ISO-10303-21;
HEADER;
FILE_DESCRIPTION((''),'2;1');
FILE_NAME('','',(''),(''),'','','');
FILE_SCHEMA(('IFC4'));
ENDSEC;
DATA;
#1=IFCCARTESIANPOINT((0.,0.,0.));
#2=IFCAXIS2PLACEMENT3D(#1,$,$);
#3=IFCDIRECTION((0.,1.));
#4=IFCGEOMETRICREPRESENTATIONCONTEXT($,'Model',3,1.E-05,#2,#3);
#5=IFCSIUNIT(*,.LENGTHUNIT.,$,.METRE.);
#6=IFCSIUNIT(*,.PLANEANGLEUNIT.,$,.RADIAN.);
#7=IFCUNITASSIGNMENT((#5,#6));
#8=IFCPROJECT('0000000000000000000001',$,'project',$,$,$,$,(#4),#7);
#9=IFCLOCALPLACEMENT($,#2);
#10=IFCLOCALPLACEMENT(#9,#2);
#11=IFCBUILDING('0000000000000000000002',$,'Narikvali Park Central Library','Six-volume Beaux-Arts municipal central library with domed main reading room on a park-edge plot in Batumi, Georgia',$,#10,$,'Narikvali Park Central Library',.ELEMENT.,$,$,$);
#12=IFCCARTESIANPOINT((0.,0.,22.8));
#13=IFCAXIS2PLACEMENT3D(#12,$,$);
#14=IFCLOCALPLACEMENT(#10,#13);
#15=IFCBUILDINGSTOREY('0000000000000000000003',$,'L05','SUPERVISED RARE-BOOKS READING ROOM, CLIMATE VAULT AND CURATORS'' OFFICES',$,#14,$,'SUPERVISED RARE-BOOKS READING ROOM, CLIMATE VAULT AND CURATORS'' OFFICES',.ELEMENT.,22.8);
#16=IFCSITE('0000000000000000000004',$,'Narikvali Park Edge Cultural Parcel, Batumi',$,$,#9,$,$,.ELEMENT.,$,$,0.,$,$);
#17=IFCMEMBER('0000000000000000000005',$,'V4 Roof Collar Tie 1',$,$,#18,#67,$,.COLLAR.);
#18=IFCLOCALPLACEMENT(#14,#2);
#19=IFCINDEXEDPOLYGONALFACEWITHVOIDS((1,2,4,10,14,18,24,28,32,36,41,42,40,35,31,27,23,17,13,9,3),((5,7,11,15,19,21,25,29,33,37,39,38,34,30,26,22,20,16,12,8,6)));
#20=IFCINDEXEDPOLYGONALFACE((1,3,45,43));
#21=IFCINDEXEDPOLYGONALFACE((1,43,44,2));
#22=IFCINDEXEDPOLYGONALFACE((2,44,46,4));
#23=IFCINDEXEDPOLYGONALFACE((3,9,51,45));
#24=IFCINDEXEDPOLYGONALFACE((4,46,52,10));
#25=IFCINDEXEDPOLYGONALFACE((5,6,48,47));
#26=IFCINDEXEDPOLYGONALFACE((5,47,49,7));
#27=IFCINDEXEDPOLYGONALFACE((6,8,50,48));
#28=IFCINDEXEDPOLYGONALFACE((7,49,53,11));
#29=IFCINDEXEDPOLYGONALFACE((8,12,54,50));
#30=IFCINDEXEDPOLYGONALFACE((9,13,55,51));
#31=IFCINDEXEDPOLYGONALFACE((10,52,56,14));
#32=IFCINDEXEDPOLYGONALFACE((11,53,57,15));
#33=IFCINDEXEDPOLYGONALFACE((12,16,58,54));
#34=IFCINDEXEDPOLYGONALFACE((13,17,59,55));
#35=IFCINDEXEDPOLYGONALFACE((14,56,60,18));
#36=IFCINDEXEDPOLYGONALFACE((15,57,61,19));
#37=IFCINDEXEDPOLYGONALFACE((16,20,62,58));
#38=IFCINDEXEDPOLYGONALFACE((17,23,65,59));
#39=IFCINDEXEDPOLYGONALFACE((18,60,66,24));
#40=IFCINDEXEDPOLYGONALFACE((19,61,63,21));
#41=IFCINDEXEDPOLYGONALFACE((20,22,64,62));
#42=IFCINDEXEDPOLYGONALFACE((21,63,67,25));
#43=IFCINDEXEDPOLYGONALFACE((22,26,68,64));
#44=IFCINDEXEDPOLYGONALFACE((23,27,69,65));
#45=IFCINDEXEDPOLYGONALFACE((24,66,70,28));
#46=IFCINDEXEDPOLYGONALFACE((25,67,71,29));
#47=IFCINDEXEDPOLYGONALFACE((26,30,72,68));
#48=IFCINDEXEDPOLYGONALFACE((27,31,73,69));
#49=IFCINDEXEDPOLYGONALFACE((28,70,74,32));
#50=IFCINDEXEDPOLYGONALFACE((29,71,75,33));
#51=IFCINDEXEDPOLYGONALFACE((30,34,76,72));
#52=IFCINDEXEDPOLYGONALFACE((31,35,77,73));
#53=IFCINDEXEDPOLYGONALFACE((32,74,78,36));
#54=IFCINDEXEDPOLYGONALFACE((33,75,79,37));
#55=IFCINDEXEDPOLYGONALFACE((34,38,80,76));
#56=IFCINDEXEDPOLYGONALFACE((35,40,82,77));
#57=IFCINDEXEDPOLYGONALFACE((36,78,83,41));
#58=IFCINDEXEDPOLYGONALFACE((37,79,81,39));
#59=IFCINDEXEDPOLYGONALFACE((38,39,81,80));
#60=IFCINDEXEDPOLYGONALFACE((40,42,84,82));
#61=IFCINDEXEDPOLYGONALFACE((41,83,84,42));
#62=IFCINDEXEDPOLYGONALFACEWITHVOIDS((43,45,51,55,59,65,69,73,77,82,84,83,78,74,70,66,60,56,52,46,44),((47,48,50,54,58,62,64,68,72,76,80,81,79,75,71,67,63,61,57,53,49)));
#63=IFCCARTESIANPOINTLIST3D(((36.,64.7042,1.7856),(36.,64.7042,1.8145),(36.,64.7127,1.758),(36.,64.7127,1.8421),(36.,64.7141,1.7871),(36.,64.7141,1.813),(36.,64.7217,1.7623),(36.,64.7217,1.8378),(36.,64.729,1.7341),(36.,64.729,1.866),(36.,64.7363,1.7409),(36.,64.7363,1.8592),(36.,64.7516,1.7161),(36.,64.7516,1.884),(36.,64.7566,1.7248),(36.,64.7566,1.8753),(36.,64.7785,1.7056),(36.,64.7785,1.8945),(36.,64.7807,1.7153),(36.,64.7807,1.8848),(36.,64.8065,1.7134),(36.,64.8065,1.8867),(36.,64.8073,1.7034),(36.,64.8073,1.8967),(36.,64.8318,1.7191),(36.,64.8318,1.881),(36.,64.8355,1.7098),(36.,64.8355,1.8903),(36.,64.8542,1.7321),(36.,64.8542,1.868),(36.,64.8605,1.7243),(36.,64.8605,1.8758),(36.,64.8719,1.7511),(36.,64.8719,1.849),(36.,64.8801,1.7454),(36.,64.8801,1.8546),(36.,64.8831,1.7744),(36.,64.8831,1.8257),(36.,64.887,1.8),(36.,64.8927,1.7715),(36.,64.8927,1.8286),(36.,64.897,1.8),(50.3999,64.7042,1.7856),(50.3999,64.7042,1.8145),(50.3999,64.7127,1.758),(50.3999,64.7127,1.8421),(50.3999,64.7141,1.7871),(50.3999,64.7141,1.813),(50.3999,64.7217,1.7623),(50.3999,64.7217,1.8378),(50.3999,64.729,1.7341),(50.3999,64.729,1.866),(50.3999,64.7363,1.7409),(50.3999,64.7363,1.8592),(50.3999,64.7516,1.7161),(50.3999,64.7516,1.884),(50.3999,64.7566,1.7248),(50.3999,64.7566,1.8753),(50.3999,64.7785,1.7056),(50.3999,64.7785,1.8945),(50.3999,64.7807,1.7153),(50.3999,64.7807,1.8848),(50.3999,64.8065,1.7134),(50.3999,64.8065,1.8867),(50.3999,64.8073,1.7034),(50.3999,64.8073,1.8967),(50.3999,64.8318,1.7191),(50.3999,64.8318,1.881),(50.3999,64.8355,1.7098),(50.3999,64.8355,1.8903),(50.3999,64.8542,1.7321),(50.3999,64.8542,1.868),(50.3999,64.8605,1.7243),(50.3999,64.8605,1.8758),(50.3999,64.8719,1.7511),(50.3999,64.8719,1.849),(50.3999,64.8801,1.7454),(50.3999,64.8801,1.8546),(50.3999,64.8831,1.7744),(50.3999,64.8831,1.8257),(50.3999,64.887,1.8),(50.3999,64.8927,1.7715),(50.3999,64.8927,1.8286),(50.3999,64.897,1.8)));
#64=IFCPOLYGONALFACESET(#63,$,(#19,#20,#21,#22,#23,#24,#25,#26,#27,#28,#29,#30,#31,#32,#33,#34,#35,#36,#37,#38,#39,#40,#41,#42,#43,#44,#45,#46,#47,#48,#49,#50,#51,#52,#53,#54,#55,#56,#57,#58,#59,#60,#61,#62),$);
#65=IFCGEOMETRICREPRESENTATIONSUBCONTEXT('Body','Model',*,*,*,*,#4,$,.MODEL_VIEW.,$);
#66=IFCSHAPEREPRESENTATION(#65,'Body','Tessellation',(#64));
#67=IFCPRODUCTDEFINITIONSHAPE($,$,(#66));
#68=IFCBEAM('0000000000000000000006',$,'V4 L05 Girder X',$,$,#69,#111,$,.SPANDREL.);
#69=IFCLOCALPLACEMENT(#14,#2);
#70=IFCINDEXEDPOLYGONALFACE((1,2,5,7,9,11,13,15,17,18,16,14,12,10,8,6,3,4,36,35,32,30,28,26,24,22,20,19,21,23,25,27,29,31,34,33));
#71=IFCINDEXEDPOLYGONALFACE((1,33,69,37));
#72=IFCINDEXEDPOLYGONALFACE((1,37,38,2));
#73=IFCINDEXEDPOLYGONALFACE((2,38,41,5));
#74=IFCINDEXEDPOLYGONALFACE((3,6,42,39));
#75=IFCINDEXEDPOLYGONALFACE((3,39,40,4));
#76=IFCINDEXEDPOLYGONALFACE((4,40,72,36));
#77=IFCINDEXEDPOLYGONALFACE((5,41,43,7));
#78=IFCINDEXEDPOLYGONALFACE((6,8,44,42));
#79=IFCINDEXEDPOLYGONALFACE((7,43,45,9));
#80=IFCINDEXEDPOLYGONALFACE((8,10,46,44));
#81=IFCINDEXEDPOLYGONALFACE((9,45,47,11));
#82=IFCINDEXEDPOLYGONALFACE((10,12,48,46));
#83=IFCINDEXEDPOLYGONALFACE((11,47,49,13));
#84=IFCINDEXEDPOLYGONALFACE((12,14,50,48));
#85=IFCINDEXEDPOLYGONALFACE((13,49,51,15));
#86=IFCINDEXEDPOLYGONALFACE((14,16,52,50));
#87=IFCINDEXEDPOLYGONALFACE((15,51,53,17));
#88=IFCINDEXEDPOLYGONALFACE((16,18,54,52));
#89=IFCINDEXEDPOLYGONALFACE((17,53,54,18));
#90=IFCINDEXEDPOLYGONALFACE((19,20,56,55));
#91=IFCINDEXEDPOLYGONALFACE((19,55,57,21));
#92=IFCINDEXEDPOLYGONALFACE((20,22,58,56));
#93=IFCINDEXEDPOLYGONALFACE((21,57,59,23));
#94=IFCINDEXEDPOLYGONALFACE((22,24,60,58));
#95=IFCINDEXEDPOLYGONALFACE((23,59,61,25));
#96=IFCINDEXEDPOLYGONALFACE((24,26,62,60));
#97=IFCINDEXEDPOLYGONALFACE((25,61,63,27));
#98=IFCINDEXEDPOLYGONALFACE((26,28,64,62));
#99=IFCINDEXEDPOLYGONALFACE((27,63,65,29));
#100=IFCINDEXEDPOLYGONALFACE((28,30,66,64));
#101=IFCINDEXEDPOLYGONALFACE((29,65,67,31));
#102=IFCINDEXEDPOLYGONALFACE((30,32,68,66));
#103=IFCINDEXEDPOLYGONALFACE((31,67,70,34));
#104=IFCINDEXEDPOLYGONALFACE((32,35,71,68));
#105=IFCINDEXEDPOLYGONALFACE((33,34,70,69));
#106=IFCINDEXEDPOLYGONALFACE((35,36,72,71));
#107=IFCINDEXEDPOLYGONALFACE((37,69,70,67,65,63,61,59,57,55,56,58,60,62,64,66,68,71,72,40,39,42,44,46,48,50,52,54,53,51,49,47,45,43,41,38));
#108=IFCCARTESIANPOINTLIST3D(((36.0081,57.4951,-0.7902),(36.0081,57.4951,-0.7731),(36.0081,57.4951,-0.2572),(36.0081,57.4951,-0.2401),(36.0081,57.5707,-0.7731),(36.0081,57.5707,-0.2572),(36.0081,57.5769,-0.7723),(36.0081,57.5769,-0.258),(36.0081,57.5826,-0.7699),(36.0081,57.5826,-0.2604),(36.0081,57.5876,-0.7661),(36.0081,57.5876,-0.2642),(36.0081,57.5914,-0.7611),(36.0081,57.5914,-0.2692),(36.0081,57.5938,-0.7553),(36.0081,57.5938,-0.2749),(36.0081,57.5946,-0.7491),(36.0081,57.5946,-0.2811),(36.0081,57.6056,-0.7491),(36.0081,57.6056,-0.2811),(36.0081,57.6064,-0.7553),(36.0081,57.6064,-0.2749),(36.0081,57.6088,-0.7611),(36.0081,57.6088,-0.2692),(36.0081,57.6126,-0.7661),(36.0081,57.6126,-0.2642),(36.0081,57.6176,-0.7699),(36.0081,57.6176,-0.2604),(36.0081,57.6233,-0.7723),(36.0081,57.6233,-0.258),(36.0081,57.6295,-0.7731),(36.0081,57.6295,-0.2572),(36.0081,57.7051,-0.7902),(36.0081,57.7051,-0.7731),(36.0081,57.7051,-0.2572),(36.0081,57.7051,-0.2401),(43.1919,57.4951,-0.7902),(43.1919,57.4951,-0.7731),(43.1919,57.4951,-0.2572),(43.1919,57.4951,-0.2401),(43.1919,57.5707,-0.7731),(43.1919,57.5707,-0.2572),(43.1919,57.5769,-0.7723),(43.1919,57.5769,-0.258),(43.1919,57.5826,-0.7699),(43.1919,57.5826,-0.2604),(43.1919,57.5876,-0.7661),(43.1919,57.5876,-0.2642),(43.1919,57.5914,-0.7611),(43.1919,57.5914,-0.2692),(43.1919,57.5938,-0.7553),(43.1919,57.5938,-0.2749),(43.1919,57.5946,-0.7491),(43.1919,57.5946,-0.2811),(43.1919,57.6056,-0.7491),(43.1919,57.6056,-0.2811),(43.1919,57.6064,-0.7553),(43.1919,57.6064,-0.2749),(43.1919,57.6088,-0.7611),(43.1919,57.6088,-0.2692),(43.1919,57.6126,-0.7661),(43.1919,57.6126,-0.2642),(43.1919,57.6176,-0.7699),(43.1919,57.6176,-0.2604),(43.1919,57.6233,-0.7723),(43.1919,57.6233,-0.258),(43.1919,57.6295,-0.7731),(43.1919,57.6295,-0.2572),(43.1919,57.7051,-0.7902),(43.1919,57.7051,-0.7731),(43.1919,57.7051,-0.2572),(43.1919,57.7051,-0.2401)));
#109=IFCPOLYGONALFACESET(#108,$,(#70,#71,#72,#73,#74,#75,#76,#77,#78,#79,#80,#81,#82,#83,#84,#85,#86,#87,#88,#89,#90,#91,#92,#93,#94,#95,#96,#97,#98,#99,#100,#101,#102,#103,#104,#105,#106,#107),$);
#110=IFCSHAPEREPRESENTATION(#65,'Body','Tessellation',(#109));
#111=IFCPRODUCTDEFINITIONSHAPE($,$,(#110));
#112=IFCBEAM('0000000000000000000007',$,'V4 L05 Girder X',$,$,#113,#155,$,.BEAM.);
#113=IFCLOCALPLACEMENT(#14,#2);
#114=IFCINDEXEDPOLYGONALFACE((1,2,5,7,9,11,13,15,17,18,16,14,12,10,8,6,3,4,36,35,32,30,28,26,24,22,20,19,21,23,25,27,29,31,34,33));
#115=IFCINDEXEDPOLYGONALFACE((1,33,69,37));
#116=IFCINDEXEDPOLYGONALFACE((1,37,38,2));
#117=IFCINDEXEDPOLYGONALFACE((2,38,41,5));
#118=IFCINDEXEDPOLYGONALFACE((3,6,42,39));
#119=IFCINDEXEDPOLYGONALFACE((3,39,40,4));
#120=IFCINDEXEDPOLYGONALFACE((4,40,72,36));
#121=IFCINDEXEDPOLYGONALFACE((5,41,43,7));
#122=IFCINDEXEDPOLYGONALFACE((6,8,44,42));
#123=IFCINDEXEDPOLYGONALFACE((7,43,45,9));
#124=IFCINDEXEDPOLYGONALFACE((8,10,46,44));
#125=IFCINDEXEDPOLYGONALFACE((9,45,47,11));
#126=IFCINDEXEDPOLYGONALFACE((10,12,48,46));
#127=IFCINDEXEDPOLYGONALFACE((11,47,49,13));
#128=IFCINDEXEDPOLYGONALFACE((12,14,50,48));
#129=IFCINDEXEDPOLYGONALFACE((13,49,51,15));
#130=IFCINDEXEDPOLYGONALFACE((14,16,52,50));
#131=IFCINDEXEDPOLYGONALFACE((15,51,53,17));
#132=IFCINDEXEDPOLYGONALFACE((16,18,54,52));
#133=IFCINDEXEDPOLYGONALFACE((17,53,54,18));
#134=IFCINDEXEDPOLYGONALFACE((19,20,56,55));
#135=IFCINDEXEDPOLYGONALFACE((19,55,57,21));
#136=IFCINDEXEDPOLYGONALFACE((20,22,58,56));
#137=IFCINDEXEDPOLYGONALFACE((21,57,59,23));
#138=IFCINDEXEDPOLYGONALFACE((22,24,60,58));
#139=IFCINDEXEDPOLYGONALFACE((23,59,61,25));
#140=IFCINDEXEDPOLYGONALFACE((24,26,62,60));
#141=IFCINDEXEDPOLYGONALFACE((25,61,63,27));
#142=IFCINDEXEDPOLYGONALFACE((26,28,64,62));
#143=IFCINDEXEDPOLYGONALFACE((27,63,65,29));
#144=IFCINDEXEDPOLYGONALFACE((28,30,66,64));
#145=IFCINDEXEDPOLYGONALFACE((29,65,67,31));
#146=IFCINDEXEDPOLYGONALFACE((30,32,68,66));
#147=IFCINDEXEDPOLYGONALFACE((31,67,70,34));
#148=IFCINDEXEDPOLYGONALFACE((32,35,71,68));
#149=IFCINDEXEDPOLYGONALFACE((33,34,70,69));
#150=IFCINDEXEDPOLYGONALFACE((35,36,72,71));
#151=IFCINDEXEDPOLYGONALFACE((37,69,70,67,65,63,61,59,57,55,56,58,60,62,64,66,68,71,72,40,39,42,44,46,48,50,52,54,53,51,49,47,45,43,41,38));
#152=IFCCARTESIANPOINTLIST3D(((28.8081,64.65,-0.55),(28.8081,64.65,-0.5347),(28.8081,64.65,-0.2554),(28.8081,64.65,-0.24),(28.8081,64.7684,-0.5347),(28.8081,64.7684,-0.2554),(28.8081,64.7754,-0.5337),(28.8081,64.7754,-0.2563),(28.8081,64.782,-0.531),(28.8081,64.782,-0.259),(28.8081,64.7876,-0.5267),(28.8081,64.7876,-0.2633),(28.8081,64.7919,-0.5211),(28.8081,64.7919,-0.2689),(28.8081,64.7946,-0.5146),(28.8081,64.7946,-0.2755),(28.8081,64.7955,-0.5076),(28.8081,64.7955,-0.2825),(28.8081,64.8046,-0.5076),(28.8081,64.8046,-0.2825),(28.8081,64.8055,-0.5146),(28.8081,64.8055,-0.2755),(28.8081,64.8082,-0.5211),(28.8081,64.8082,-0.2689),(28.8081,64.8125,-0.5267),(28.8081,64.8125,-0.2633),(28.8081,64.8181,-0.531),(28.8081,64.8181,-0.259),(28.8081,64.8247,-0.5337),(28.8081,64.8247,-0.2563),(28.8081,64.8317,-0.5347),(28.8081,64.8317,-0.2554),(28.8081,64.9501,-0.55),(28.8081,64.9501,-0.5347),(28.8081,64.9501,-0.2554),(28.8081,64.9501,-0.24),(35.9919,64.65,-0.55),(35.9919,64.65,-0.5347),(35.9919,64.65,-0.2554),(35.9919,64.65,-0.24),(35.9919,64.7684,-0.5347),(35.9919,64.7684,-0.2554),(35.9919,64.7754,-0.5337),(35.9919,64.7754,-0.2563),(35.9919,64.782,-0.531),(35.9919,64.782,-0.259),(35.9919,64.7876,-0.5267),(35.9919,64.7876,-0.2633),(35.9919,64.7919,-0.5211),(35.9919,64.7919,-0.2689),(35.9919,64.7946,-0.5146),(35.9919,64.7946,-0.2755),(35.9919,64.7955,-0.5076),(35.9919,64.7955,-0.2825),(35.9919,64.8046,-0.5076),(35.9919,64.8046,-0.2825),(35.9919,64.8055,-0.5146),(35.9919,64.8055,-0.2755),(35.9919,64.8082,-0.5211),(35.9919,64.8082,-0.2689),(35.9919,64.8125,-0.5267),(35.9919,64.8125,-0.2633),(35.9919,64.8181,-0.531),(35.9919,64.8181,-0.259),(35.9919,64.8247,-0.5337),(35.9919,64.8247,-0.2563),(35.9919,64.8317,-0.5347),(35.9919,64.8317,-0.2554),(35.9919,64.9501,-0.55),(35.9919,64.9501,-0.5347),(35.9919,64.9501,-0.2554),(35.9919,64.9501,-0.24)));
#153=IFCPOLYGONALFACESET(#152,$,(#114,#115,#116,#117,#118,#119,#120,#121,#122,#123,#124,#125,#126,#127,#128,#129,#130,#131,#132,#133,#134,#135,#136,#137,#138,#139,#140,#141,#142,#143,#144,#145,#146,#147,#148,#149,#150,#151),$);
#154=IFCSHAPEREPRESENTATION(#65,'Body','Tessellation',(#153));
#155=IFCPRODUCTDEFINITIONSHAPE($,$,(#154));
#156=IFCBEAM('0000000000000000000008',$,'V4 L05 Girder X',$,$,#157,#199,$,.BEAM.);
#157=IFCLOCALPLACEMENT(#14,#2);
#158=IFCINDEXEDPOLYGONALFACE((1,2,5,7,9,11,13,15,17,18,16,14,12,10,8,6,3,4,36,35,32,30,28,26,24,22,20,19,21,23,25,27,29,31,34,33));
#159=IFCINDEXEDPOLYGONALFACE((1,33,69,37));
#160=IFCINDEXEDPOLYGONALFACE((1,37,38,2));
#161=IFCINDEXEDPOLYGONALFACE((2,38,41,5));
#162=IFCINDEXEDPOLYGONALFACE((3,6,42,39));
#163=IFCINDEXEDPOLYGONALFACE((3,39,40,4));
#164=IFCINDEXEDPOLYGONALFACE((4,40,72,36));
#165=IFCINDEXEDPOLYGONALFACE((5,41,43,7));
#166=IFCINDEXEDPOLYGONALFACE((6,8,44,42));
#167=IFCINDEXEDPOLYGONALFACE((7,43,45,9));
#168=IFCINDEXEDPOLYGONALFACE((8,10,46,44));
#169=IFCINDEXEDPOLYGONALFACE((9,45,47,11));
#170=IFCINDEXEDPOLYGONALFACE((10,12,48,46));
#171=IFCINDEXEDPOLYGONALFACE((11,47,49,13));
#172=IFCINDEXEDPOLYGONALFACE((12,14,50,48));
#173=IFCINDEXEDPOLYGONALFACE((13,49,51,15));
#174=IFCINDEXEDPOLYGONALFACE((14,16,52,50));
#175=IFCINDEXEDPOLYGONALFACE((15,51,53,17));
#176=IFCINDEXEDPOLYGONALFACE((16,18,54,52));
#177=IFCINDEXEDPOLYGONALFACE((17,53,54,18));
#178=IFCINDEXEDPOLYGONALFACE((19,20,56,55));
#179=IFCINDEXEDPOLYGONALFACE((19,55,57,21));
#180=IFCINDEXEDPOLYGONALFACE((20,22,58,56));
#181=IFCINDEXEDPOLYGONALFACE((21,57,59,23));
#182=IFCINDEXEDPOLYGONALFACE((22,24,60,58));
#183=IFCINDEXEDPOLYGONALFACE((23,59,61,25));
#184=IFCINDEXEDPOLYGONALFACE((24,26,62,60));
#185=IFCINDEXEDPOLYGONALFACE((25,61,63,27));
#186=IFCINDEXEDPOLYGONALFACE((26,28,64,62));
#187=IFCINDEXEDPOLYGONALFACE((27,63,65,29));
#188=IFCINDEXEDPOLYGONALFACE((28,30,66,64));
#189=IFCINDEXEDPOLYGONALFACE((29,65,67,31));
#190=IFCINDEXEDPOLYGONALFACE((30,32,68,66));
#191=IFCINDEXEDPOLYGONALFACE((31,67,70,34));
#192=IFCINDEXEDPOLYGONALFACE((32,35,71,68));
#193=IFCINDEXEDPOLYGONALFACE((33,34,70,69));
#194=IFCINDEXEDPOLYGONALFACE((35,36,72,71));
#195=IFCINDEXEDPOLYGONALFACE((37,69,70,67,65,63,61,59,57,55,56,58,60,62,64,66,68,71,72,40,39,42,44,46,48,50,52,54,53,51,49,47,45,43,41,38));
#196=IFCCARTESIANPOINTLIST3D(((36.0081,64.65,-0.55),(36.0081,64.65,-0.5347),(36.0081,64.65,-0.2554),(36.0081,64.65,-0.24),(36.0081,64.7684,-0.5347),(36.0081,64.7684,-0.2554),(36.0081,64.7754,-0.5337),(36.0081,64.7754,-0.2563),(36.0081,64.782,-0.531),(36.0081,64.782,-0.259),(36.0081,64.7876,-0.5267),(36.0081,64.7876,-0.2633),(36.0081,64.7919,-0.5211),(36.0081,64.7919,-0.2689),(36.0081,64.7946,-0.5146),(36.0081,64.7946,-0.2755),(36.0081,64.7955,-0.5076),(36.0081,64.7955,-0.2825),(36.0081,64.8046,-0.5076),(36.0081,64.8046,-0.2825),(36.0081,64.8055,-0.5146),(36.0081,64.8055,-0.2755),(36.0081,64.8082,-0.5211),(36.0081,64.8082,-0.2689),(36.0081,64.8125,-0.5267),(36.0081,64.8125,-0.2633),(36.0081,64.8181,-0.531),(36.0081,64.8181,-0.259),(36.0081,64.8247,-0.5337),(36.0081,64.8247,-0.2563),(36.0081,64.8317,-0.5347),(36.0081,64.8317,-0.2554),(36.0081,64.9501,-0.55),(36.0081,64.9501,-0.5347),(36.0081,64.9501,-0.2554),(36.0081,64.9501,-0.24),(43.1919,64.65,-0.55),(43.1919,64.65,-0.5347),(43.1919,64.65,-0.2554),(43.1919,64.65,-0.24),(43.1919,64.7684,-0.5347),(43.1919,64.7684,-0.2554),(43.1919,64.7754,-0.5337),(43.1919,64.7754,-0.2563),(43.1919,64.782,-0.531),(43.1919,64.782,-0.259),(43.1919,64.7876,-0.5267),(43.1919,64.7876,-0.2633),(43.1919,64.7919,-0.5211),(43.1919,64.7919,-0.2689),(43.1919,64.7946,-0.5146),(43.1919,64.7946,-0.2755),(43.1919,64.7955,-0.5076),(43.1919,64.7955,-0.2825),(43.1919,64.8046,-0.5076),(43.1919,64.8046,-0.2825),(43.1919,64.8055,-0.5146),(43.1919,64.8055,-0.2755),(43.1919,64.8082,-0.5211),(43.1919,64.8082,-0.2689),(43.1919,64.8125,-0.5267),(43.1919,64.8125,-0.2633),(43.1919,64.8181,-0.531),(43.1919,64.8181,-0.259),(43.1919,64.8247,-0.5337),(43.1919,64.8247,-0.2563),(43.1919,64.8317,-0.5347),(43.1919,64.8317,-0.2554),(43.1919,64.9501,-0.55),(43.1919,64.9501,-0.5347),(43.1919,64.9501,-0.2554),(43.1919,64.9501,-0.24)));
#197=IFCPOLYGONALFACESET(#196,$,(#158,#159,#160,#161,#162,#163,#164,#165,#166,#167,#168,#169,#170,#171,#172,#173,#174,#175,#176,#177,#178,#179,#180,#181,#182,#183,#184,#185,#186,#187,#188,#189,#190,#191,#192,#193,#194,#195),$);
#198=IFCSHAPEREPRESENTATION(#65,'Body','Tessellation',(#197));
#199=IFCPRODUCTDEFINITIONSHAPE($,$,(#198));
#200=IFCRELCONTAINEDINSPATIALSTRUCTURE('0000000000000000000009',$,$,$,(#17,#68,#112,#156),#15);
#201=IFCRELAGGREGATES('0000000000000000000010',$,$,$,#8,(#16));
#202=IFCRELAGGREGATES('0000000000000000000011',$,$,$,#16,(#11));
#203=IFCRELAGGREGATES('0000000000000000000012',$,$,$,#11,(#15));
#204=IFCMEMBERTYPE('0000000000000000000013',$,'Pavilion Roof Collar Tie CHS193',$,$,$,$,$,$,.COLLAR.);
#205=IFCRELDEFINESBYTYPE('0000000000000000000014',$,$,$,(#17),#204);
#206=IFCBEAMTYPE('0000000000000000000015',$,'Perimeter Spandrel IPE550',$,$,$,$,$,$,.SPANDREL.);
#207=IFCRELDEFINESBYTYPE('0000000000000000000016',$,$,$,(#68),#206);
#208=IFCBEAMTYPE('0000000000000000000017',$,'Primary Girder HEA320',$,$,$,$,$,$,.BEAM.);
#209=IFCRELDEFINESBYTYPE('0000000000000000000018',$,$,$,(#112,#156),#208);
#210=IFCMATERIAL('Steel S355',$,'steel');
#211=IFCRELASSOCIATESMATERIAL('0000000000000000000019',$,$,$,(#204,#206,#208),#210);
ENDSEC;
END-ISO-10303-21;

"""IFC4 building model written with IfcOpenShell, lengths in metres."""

from ifc_helpers import new_model, si_unit, direction, frame, origin, origin_2d, place, context, subcontext, project, spatial, hollow_circle, i_section, extrude, material, material_profile, profile_set, type_object, element, save


model = new_model("IFC4")

# Units and contexts
model_context = context("Model", 3, precision=1e-05, world=origin(), true_north=direction((0.0, 1.0)))
body_context = subcontext(model_context, "Body", "Model", "MODEL_VIEW")
ifc_project = project(units=[si_unit("LENGTHUNIT", "METRE"), si_unit("PLANEANGLEUNIT", "RADIAN")], contexts=[model_context])

# Site, building, storey
site_placement = place(None, origin())
site = spatial("IfcSite", under=ifc_project, at=site_placement, Name="Narikvali Park Edge Cultural Parcel, Batumi", CompositionType="ELEMENT", RefElevation=0.0)
building_placement = place(site_placement, origin())
building = spatial("IfcBuilding", under=site, at=building_placement, Name="Narikvali Park Central Library", Description="Six-volume Beaux-Arts municipal central library with domed main reading room on a park-edge plot in Batumi, Georgia", LongName="Narikvali Park Central Library", CompositionType="ELEMENT")
storey_placement = place(building_placement, frame((0.0, 0.0, 22.8)))
storey = spatial("IfcBuildingStorey", under=building, at=storey_placement, Name="L05", Description="SUPERVISED RARE-BOOKS READING ROOM, CLIMATE VAULT AND CURATORS' OFFICES", LongName="SUPERVISED RARE-BOOKS READING ROOM, CLIMATE VAULT AND CURATORS' OFFICES", CompositionType="ELEMENT", Elevation=22.8)

# Shared definitions
ifc_material_1 = material(Name="Steel S355", Category="steel")

# Member
ifc_material_profile_1 = material_profile(ifc_material_1, hollow_circle(Radius=0.0969, WallThickness=0.01, at=origin_2d()), Name="CHS 193.7x10")
ifc_profile_set_1 = profile_set([ifc_material_profile_1], Name="Steel S355")
member_type_1 = type_object("IfcMemberType", Name="Pavilion Roof Collar Tie CHS193", PredefinedType="COLLAR", material=ifc_profile_set_1)
member_1_placement = place(storey_placement, frame((36.0, 64.8, 1.8), z_axis=(1.0, 0.0, 0.0), x_axis=(0.0, 1.0, 0.0)))
element("IfcMember", 1, at=member_1_placement, inside=storey, type_object=member_type_1, Name="V4 Roof Collar Tie 1", PredefinedType="COLLAR", context=body_context, shape_type="SweptSolid", body=[
    extrude(hollow_circle(Radius=0.0969, WallThickness=0.01, at=origin_2d()), origin(), (0.0, 0.0, 1.0), 14.3999),
])

# Beams
ifc_material_profile_2 = material_profile(ifc_material_1, i_section(OverallWidth=0.21, OverallDepth=0.55, WebThickness=0.011, FlangeThickness=0.0171, FilletRadius=0.0239, at=origin_2d()), Name="IPE 550")
ifc_profile_set_2 = profile_set([ifc_material_profile_2], Name="Steel S355")
beam_type_1 = type_object("IfcBeamType", Name="Perimeter Spandrel IPE550", PredefinedType="SPANDREL", material=ifc_profile_set_2)
beam_1_placement = place(storey_placement, frame((36.0081, 57.6001, -0.5151), z_axis=(1.0, 0.0, 0.0), x_axis=(0.0, 1.0, 0.0)))
element("IfcBeam", 2, at=beam_1_placement, inside=storey, type_object=beam_type_1, Name="V4 L05 Girder X", PredefinedType="SPANDREL", context=body_context, shape_type="SweptSolid", body=[
    extrude(i_section(OverallWidth=0.21, OverallDepth=0.55, WebThickness=0.011, FlangeThickness=0.0171, FilletRadius=0.0239, at=origin_2d()), origin(), (0.0, 0.0, 1.0), 7.1838),
])
ifc_material_profile_3 = material_profile(ifc_material_1, i_section(OverallWidth=0.3, OverallDepth=0.3101, WebThickness=0.009, FlangeThickness=0.0154, FilletRadius=0.0271, at=origin_2d()), Name="HEA 320")
ifc_profile_set_3 = profile_set([ifc_material_profile_3], Name="Steel S355")
beam_type_2 = type_object("IfcBeamType", Name="Primary Girder HEA320", PredefinedType="BEAM", material=ifc_profile_set_3)
for number, where, z_axis, x_axis, name in (
    (3, (28.8081, 64.8, -0.395), (1.0, 0.0, 0.0), (0.0, 1.0, 0.0), "V4 L05 Girder X"),
    (4, (36.0081, 64.8, -0.395), (1.0, 0.0, 0.0), (0.0, 1.0, 0.0), "V4 L05 Girder X"),
):
    element("IfcBeam", number, at=place(storey_placement, frame(where, z_axis=z_axis, x_axis=x_axis)), inside=storey, type_object=beam_type_2, Name=name, PredefinedType="BEAM", context=body_context, shape_type="SweptSolid", body=[
        extrude(i_section(OverallWidth=0.3, OverallDepth=0.3101, WebThickness=0.009, FlangeThickness=0.0154, FilletRadius=0.0271, at=origin_2d()), origin(), (0.0, 0.0, 1.0), 7.1838),
    ])

save(model, "model.ifc")
